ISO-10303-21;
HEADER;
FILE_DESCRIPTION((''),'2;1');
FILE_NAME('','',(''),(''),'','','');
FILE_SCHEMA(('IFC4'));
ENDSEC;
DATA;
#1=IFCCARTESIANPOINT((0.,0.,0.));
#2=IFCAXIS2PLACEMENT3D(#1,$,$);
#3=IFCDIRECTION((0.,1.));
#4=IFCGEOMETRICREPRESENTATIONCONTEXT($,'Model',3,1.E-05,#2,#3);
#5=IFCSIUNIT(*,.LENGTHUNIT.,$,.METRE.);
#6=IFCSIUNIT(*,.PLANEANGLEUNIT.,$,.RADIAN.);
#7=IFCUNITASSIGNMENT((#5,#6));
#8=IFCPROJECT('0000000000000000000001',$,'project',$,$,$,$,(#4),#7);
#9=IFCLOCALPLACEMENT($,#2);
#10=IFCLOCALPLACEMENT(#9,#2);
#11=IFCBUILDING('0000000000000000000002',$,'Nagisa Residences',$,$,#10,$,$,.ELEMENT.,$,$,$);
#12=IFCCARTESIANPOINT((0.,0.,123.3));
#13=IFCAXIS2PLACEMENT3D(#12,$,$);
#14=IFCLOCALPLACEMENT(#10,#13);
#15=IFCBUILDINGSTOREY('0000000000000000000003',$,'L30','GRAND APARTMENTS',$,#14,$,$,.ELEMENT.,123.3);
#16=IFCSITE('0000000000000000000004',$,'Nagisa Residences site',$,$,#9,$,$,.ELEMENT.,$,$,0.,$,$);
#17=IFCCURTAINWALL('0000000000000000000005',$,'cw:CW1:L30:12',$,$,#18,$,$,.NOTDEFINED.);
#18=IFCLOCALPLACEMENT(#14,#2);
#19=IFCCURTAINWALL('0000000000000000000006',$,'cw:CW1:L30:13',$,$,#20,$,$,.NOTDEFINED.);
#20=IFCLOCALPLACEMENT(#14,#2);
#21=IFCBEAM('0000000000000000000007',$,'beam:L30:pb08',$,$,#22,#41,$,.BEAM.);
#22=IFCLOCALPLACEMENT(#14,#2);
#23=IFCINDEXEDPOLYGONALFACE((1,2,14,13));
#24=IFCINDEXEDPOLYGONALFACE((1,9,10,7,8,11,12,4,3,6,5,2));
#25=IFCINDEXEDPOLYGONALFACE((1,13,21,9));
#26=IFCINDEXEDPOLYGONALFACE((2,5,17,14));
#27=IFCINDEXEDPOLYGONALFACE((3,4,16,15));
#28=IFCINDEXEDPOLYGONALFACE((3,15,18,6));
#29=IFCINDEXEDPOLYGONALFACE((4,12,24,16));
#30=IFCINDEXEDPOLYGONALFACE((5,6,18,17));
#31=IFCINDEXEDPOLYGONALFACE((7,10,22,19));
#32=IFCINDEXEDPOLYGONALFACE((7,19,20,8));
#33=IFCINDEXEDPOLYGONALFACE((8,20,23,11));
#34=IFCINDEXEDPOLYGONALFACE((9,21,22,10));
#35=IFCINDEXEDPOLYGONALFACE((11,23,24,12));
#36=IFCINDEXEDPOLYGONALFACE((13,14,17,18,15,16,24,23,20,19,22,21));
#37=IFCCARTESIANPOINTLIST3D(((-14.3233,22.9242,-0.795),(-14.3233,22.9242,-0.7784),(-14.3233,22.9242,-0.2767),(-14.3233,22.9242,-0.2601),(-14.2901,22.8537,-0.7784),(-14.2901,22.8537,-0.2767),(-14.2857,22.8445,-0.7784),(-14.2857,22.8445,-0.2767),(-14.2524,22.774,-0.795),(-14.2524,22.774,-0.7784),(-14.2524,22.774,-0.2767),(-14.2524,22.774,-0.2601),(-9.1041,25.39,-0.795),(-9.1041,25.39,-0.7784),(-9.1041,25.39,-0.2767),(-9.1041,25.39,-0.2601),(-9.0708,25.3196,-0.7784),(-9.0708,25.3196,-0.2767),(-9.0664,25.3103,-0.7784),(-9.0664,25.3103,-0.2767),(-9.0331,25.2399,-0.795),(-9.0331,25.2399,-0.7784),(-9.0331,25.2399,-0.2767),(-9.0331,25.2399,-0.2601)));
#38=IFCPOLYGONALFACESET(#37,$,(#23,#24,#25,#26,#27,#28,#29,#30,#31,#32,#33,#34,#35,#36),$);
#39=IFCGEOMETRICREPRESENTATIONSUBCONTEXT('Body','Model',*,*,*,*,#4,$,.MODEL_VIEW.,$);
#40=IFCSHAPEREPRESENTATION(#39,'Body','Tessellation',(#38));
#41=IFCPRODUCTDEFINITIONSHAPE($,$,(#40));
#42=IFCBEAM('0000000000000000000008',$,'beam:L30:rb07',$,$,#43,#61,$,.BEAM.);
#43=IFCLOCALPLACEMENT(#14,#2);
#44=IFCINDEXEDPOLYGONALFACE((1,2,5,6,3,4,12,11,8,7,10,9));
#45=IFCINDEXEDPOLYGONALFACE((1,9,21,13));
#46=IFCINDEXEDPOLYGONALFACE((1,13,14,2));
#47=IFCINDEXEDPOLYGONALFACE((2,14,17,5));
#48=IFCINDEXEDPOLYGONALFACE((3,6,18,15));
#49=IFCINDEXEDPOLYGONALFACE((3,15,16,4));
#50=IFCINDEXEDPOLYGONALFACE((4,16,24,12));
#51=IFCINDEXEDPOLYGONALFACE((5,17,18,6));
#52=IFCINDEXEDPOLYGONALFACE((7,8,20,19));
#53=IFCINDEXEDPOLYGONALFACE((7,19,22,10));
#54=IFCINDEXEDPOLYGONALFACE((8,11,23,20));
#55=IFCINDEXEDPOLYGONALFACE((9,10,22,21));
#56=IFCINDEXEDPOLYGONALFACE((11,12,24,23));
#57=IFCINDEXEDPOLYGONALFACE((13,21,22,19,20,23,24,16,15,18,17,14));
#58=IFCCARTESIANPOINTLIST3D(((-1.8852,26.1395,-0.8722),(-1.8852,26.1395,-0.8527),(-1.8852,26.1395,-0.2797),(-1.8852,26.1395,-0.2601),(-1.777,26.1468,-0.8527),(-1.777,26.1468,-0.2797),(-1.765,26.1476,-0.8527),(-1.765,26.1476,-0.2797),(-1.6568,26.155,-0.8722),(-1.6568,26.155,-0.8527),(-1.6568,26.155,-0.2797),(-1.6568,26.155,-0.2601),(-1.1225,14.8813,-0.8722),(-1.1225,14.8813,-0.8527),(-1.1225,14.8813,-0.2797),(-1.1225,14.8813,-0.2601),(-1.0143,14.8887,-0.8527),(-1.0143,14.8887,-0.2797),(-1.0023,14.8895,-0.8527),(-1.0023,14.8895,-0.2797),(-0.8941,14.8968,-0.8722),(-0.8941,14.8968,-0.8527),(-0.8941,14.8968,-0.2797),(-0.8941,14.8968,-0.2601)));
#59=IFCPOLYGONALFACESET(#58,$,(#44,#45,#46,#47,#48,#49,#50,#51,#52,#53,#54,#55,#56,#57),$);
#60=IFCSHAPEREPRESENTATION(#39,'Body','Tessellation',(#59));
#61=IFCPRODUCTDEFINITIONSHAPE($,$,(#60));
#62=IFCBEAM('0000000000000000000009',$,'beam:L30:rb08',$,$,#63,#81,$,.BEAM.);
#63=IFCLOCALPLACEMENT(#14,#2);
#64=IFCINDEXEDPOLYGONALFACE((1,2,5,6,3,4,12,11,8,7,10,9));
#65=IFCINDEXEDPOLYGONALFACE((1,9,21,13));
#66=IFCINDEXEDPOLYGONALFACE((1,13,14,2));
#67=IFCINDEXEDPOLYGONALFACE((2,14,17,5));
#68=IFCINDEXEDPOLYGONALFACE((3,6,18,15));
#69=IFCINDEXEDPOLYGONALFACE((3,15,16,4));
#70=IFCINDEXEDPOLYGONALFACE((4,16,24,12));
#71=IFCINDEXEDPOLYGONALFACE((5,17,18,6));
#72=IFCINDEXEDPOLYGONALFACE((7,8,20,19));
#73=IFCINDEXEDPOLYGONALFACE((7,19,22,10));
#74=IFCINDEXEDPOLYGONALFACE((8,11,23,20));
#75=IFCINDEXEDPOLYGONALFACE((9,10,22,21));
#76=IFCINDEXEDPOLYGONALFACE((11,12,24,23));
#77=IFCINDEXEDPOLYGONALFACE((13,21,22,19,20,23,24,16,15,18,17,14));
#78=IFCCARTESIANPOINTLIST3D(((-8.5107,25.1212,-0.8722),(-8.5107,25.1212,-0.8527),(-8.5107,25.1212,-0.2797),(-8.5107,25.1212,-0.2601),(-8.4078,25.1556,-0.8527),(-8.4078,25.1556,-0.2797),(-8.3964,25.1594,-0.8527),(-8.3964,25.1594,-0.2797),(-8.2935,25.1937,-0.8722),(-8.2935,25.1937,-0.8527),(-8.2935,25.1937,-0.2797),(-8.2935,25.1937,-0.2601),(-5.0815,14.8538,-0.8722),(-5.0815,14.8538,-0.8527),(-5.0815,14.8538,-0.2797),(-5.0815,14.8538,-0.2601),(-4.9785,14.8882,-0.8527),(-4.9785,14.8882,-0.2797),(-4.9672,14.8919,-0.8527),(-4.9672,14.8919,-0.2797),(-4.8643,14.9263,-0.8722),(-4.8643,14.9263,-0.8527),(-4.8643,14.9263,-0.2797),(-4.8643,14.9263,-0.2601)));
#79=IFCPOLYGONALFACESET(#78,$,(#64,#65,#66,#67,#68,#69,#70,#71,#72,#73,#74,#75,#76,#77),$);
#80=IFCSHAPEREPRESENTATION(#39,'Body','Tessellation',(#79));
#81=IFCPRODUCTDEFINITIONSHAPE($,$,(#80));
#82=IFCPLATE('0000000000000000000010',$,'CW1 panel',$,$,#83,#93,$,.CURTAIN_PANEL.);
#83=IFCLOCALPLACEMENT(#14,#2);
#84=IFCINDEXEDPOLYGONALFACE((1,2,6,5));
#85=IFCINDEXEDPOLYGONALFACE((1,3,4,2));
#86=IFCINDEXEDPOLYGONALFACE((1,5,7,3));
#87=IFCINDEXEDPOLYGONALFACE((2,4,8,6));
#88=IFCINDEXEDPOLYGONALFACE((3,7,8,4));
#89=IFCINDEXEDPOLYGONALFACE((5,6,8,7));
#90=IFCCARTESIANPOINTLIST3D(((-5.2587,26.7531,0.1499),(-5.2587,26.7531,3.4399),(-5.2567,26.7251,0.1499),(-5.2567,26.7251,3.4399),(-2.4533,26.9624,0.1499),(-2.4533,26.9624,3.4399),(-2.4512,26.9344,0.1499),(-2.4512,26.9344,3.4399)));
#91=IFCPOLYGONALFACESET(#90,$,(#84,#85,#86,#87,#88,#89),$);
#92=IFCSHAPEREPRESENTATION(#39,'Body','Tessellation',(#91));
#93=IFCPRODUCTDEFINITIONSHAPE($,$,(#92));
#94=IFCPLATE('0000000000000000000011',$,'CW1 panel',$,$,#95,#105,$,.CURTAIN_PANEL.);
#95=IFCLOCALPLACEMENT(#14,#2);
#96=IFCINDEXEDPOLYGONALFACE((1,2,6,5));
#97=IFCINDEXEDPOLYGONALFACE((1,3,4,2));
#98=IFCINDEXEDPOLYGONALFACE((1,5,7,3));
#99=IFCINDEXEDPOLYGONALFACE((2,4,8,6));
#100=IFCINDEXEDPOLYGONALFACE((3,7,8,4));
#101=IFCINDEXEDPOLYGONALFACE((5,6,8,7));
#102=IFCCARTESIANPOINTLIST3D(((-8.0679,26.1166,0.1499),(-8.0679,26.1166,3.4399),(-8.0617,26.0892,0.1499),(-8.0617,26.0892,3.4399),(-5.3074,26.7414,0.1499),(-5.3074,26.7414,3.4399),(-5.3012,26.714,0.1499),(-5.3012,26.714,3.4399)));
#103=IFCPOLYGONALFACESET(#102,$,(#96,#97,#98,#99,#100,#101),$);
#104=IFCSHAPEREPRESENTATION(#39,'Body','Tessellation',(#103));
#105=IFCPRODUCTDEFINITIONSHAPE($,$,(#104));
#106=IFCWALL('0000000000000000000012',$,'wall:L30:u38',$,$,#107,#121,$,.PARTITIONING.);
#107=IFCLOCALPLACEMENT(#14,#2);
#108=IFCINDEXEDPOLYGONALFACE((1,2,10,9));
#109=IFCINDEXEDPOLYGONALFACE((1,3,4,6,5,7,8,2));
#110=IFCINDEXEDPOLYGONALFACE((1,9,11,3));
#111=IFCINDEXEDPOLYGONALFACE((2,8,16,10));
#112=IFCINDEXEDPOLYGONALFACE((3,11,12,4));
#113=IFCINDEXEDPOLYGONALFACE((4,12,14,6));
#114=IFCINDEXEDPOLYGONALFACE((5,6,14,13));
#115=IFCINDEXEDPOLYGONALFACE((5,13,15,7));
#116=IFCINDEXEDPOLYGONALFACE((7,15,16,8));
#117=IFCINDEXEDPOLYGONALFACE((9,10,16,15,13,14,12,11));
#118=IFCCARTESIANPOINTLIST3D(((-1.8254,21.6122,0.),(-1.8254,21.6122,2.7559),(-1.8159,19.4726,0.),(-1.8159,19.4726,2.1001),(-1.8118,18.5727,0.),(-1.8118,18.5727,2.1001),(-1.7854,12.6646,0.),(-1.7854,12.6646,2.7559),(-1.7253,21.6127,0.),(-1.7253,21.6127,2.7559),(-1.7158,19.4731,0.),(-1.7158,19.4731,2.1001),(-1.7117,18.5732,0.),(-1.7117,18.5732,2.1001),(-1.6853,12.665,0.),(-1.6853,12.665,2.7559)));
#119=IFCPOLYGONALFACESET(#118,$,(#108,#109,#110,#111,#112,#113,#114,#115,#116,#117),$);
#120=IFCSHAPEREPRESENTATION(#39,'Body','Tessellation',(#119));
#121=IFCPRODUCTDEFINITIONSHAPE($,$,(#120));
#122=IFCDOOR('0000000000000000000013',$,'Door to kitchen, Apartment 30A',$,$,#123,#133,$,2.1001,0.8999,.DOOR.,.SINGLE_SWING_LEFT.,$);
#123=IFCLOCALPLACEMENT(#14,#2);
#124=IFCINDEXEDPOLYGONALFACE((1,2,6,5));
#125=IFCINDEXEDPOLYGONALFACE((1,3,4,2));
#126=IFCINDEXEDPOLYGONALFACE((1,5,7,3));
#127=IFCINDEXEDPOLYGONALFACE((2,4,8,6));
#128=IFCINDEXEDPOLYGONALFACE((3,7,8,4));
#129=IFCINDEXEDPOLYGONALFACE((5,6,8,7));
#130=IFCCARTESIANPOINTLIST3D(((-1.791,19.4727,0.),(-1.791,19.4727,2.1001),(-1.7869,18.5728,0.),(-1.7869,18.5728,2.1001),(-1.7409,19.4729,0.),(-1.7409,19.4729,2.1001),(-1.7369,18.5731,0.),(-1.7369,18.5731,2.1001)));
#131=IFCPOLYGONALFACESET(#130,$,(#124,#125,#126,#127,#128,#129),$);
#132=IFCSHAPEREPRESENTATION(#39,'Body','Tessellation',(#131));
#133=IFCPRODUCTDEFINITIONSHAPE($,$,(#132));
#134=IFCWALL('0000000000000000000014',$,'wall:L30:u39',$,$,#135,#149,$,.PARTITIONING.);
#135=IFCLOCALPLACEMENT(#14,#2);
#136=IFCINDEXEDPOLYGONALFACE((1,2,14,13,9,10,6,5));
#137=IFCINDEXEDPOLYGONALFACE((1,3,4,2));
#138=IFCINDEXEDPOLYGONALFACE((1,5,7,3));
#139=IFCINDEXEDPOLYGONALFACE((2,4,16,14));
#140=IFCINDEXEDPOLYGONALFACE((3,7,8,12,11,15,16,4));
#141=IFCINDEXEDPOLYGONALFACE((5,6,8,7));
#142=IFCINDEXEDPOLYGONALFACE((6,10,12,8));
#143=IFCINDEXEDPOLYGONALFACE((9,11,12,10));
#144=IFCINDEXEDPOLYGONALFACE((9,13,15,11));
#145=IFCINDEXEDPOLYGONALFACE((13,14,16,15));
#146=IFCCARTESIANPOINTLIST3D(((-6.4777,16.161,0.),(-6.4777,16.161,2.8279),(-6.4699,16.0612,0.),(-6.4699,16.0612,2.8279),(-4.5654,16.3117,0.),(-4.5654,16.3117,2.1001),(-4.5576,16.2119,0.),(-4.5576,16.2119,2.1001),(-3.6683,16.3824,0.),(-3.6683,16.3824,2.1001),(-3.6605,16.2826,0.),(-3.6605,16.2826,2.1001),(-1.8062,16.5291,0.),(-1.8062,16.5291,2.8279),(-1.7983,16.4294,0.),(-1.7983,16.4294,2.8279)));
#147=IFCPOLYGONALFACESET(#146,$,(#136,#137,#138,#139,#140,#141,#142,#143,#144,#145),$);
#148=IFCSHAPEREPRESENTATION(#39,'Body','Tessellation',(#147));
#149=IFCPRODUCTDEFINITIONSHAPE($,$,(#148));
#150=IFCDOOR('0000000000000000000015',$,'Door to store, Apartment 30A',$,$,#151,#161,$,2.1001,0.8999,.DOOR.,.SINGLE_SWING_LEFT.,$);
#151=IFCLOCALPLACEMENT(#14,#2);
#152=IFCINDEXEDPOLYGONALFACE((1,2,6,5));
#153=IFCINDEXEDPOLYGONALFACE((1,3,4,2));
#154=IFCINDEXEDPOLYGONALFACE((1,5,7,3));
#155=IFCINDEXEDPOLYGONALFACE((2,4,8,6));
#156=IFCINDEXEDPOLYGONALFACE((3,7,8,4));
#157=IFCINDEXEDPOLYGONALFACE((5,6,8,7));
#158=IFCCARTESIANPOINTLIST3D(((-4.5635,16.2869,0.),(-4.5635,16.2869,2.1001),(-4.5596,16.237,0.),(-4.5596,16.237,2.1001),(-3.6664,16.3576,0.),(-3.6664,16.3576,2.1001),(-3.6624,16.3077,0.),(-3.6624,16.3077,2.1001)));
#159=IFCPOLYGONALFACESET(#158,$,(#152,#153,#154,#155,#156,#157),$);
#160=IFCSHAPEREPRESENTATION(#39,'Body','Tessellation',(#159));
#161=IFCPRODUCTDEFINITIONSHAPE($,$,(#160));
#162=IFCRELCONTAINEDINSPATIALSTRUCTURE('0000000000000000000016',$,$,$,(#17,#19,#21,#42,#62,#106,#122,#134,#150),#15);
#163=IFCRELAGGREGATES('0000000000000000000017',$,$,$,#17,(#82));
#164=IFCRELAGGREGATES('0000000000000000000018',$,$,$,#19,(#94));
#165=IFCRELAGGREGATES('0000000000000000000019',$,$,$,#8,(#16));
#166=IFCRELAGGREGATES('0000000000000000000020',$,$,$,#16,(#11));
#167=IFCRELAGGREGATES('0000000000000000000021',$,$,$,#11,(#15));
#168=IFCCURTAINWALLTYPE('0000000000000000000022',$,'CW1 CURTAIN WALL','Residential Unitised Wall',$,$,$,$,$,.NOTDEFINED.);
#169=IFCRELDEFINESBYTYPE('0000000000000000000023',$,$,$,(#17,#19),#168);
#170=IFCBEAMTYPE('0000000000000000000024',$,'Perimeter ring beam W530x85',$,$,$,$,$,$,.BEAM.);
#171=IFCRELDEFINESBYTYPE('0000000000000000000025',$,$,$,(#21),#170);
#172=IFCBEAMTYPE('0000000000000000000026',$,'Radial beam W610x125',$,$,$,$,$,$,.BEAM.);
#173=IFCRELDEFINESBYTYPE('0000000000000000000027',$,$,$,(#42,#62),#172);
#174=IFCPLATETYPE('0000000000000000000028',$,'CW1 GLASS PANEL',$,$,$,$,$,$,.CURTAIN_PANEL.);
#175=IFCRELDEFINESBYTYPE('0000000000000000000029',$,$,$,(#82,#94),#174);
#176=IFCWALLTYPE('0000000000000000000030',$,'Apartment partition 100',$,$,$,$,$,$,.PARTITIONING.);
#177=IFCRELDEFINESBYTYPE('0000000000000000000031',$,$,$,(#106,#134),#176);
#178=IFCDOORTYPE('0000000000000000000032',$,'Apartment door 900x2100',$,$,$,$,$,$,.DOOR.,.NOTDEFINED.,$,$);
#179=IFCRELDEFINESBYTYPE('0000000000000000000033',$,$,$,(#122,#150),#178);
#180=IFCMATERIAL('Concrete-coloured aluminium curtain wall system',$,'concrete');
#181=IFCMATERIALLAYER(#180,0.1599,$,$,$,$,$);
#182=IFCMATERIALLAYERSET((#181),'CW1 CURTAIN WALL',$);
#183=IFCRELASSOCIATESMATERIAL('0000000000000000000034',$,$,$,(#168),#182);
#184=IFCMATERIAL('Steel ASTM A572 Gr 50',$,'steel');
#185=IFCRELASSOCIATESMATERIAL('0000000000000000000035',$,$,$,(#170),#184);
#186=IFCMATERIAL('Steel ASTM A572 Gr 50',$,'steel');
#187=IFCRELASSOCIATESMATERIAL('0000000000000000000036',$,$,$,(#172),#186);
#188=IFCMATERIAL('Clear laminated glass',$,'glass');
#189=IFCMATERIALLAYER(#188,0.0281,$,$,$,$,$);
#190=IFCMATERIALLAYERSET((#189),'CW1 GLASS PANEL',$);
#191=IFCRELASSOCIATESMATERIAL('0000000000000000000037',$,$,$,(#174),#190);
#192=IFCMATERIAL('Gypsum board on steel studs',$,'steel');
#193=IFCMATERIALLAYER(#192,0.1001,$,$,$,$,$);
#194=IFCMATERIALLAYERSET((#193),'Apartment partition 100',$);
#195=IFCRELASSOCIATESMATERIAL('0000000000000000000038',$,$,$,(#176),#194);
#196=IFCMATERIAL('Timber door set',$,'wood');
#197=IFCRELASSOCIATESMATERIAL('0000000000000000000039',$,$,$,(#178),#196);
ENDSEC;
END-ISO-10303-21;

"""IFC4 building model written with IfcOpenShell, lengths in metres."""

from ifc_helpers import new_model, si_unit, direction, frame, frame_2d, origin, origin_2d, place, context, subcontext, project, spatial, rectangle, i_section, extrude, material, layer, layer_set, material_profile, profile_set, type_object, element, fill, aggregate, save


model = new_model("IFC4")

# Units and contexts
model_context = context("Model", 3, precision=1e-05, world=origin(), true_north=direction((0.0, 1.0)))
body_context = subcontext(model_context, "Body", "Model", "MODEL_VIEW")
ifc_project = project(units=[si_unit("LENGTHUNIT", "METRE"), si_unit("PLANEANGLEUNIT", "RADIAN")], contexts=[model_context])

# Site, building, storey
site_placement = place(None, origin())
site = spatial("IfcSite", under=ifc_project, at=site_placement, Name="Nagisa Residences site", CompositionType="ELEMENT", RefElevation=0.0)
building_placement = place(site_placement, origin())
building = spatial("IfcBuilding", under=site, at=building_placement, Name="Nagisa Residences", CompositionType="ELEMENT")
storey_placement = place(building_placement, frame((0.0, 0.0, 123.3)))
storey = spatial("IfcBuildingStorey", under=building, at=storey_placement, Name="L30", Description="GRAND APARTMENTS", CompositionType="ELEMENT", Elevation=123.3)

# Curtain walls
ifc_material_1 = material(Name="Concrete-coloured aluminium curtain wall system", Category="concrete")
ifc_layer_1 = layer(ifc_material_1, 0.1599)
ifc_layer_set_1 = layer_set([ifc_layer_1], Name="CW1 CURTAIN WALL")
curtain_wall_type = type_object("IfcCurtainWallType", Name="CW1 CURTAIN WALL", Description="Residential Unitised Wall", PredefinedType="NOTDEFINED", material=ifc_layer_set_1)
curtain_wall_1_placement = place(storey_placement, origin())
curtain_wall_1 = element("IfcCurtainWall", 1, at=curtain_wall_1_placement, inside=storey, type_object=curtain_wall_type, Name="cw:CW1:L30:12", PredefinedType="NOTDEFINED")
curtain_wall_2_placement = place(storey_placement, origin())
curtain_wall_2 = element("IfcCurtainWall", 2, at=curtain_wall_2_placement, inside=storey, type_object=curtain_wall_type, Name="cw:CW1:L30:13", PredefinedType="NOTDEFINED")

# Beams
ifc_material_2 = material(Name="Steel ASTM A572 Gr 50", Category="steel")
ifc_material_profile_1 = material_profile(ifc_material_2, i_section(OverallWidth=0.166, OverallDepth=0.5349, WebThickness=0.0103, FlangeThickness=0.0166, at=origin_2d()), Name="W530x85")
ifc_profile_set_1 = profile_set([ifc_material_profile_1], Name="Steel ASTM A572 Gr 50")
beam_type_1 = type_object("IfcBeamType", Name="Perimeter ring beam W530x85", PredefinedType="BEAM", material=ifc_profile_set_1)
beam_1_placement = place(storey_placement, frame((-9.0686, 25.3149, -0.5276), z_axis=(-0.90417, -0.427173, 0.0), x_axis=(0.427173, -0.90417, 0.0)))
element("IfcBeam", 3, at=beam_1_placement, inside=storey, type_object=beam_type_1, Name="beam:L30:pb08", PredefinedType="BEAM", context=body_context, shape_type="SweptSolid", body=[
    extrude(i_section(OverallWidth=0.166, OverallDepth=0.5349, WebThickness=0.0103, FlangeThickness=0.0166, at=origin_2d()), origin(), (0.0, 0.0, 1.0), 5.7725),
])
ifc_material_3 = material(Name="Steel ASTM A572 Gr 50", Category="steel")
ifc_material_profile_2 = material_profile(ifc_material_3, i_section(OverallWidth=0.229, OverallDepth=0.6121, WebThickness=0.012, FlangeThickness=0.0195, at=origin_2d()), Name="W610x125")
ifc_profile_set_2 = profile_set([ifc_material_profile_2], Name="Steel ASTM A572 Gr 50")
beam_type_2 = type_object("IfcBeamType", Name="Radial beam W610x125", PredefinedType="BEAM", material=ifc_profile_set_2)
beam_2_placement = place(storey_placement, frame((-1.771, 26.1472, -0.5662), z_axis=(0.067592, -0.997713, 0.0), x_axis=(0.997713, 0.067592, 0.0)))
element("IfcBeam", 4, at=beam_2_placement, inside=storey, type_object=beam_type_2, Name="beam:L30:rb07", PredefinedType="BEAM", context=body_context, shape_type="SweptSolid", body=[
    extrude(i_section(OverallWidth=0.229, OverallDepth=0.6121, WebThickness=0.012, FlangeThickness=0.0195, at=origin_2d()), origin(), (0.0, 0.0, 1.0), 11.2839),
])
beam_3_placement = place(storey_placement, frame((-8.4021, 25.1575, -0.5662), z_axis=(0.316789, -0.948496, 0.0), x_axis=(0.948496, 0.316789, 0.0)))
element("IfcBeam", 5, at=beam_3_placement, inside=storey, type_object=beam_type_2, Name="beam:L30:rb08", PredefinedType="BEAM", context=body_context, shape_type="SweptSolid", body=[
    extrude(i_section(OverallWidth=0.229, OverallDepth=0.6121, WebThickness=0.012, FlangeThickness=0.0195, at=origin_2d()), origin(), (0.0, 0.0, 1.0), 10.825),
])

# Plates
ifc_material_4 = material(Name="Clear laminated glass", Category="glass")
ifc_layer_2 = layer(ifc_material_4, 0.0281)
ifc_layer_set_2 = layer_set([ifc_layer_2], Name="CW1 GLASS PANEL")
plate_type = type_object("IfcPlateType", Name="CW1 GLASS PANEL", PredefinedType="CURTAIN_PANEL", material=ifc_layer_set_2)
plate_1_placement = place(storey_placement, frame((-3.855, 26.8438, 0.1499), z_axis=(0.0, 0.0, 1.0), x_axis=(-0.99723, -0.074377, 0.0)))
plate_1 = element("IfcPlate", 6, at=plate_1_placement, type_object=plate_type, Name="CW1 panel", PredefinedType="CURTAIN_PANEL", context=body_context, shape_type="SweptSolid", body=[
    extrude(rectangle(XDim=2.8132, YDim=0.0281, at=origin_2d()), origin(), (0.0, 0.0, 1.0), 3.29),
])
aggregate(curtain_wall_1, [plate_1])
plate_2_placement = place(storey_placement, frame((-6.6846, 26.4153, 0.1499), z_axis=(0.0, 0.0, 1.0), x_axis=(-0.975327, -0.220764, 0.0)))
plate_2 = element("IfcPlate", 7, at=plate_2_placement, type_object=plate_type, Name="CW1 panel", PredefinedType="CURTAIN_PANEL", context=body_context, shape_type="SweptSolid", body=[
    extrude(rectangle(XDim=2.8303, YDim=0.0281, at=origin_2d()), origin(), (0.0, 0.0, 1.0), 3.29),
])
aggregate(curtain_wall_2, [plate_2])

# Walls, openings, doors
ifc_material_5 = material(Name="Gypsum board on steel studs", Category="steel")
ifc_layer_3 = layer(ifc_material_5, 0.1001)
ifc_layer_set_3 = layer_set([ifc_layer_3], Name="Apartment partition 100")
wall_type_1 = type_object("IfcWallType", Name="Apartment partition 100", PredefinedType="PARTITIONING", material=ifc_layer_set_3)
wall_1_placement = place(storey_placement, frame((-1.7354, 12.6648, 0.0), z_axis=(0.0, 0.0, 1.0), x_axis=(-0.004475, 0.99999, 0.0)))
wall_1 = element("IfcWall", 8, at=wall_1_placement, inside=storey, type_object=wall_type_1, Name="wall:L30:u38", PredefinedType="PARTITIONING", context=body_context, shape_type="SweptSolid", body=[
    extrude(rectangle(XDim=8.9478, YDim=0.1001, at=frame_2d((4.4739, 0.0))), origin(), (0.0, 0.0, 1.0), 2.7559),
])
opening_1_placement = place(wall_1_placement, frame((5.9082, 0.0, 0.0)))
opening_1 = element("IfcOpeningElement", 9, at=opening_1_placement, cuts=wall_1, PredefinedType="OPENING", context=body_context, shape_type="SweptSolid", body=[
    extrude(rectangle(XDim=0.8999, YDim=2.1001, at=frame_2d((0.45, 1.05))), frame((0.0, 0.0601, 0.0), z_axis=(0.0, -1.0, 0.0), x_axis=(1.0, 0.0, 0.0)), (0.0, 0.0, 1.0), 0.1201),
])
ifc_material_6 = material(Name="Timber door set", Category="wood")
door_type_1 = type_object("IfcDoorType", Name="Apartment door 900x2100", OperationType="NOTDEFINED", PredefinedType="DOOR", material=ifc_material_6)
door_1_placement = place(opening_1_placement, frame((0.8999, 0.0, 0.0), x_axis=(-1.0, 0.0, 0.0)))
door_1 = element("IfcDoor", 10, at=door_1_placement, inside=storey, type_object=door_type_1, Name="Door to kitchen, Apartment 30A", OperationType="SINGLE_SWING_LEFT", OverallHeight=2.1001, OverallWidth=0.8999, PredefinedType="DOOR", context=body_context, shape_type="SweptSolid", body=[
    extrude(rectangle(XDim=0.8999, YDim=2.1001, at=frame_2d((0.45, 1.05))), frame((0.0, 0.0249, 0.0), z_axis=(0.0, -1.0, 0.0), x_axis=(1.0, 0.0, 0.0)), (0.0, 0.0, 1.0), 0.05),
])
fill(opening_1, door_1)
wall_2_placement = place(storey_placement, frame((-1.8022, 16.4792, 0.0), z_axis=(0.0, 0.0, 1.0), x_axis=(-0.996909, -0.078565, 0.0)))
wall_2 = element("IfcWall", 11, at=wall_2_placement, inside=storey, type_object=wall_type_1, Name="wall:L30:u39", PredefinedType="PARTITIONING", context=body_context, shape_type="SweptSolid", body=[
    extrude(rectangle(XDim=4.686, YDim=0.1001, at=frame_2d((2.343, 0.0))), origin(), (0.0, 0.0, 1.0), 2.8279),
])
opening_2_placement = place(wall_2_placement, frame((1.8679, 0.0, 0.0)))
opening_2 = element("IfcOpeningElement", 12, at=opening_2_placement, cuts=wall_2, PredefinedType="OPENING", context=body_context, shape_type="SweptSolid", body=[
    extrude(rectangle(XDim=0.8999, YDim=2.1001, at=frame_2d((0.45, 1.05))), frame((0.0, 0.0601, 0.0), z_axis=(0.0, -1.0, 0.0), x_axis=(1.0, 0.0, 0.0)), (0.0, 0.0, 1.0), 0.1201),
])
door_2_placement = place(opening_2_placement, origin())
door_2 = element("IfcDoor", 13, at=door_2_placement, inside=storey, type_object=door_type_1, Name="Door to store, Apartment 30A", OperationType="SINGLE_SWING_LEFT", OverallHeight=2.1001, OverallWidth=0.8999, PredefinedType="DOOR", context=body_context, shape_type="SweptSolid", body=[
    extrude(rectangle(XDim=0.8999, YDim=2.1001, at=frame_2d((0.45, 1.05))), frame((0.0, 0.0249, 0.0), z_axis=(0.0, -1.0, 0.0), x_axis=(1.0, 0.0, 0.0)), (0.0, 0.0, 1.0), 0.05),
])
fill(opening_2, door_2)

save(model, "model.ifc")
